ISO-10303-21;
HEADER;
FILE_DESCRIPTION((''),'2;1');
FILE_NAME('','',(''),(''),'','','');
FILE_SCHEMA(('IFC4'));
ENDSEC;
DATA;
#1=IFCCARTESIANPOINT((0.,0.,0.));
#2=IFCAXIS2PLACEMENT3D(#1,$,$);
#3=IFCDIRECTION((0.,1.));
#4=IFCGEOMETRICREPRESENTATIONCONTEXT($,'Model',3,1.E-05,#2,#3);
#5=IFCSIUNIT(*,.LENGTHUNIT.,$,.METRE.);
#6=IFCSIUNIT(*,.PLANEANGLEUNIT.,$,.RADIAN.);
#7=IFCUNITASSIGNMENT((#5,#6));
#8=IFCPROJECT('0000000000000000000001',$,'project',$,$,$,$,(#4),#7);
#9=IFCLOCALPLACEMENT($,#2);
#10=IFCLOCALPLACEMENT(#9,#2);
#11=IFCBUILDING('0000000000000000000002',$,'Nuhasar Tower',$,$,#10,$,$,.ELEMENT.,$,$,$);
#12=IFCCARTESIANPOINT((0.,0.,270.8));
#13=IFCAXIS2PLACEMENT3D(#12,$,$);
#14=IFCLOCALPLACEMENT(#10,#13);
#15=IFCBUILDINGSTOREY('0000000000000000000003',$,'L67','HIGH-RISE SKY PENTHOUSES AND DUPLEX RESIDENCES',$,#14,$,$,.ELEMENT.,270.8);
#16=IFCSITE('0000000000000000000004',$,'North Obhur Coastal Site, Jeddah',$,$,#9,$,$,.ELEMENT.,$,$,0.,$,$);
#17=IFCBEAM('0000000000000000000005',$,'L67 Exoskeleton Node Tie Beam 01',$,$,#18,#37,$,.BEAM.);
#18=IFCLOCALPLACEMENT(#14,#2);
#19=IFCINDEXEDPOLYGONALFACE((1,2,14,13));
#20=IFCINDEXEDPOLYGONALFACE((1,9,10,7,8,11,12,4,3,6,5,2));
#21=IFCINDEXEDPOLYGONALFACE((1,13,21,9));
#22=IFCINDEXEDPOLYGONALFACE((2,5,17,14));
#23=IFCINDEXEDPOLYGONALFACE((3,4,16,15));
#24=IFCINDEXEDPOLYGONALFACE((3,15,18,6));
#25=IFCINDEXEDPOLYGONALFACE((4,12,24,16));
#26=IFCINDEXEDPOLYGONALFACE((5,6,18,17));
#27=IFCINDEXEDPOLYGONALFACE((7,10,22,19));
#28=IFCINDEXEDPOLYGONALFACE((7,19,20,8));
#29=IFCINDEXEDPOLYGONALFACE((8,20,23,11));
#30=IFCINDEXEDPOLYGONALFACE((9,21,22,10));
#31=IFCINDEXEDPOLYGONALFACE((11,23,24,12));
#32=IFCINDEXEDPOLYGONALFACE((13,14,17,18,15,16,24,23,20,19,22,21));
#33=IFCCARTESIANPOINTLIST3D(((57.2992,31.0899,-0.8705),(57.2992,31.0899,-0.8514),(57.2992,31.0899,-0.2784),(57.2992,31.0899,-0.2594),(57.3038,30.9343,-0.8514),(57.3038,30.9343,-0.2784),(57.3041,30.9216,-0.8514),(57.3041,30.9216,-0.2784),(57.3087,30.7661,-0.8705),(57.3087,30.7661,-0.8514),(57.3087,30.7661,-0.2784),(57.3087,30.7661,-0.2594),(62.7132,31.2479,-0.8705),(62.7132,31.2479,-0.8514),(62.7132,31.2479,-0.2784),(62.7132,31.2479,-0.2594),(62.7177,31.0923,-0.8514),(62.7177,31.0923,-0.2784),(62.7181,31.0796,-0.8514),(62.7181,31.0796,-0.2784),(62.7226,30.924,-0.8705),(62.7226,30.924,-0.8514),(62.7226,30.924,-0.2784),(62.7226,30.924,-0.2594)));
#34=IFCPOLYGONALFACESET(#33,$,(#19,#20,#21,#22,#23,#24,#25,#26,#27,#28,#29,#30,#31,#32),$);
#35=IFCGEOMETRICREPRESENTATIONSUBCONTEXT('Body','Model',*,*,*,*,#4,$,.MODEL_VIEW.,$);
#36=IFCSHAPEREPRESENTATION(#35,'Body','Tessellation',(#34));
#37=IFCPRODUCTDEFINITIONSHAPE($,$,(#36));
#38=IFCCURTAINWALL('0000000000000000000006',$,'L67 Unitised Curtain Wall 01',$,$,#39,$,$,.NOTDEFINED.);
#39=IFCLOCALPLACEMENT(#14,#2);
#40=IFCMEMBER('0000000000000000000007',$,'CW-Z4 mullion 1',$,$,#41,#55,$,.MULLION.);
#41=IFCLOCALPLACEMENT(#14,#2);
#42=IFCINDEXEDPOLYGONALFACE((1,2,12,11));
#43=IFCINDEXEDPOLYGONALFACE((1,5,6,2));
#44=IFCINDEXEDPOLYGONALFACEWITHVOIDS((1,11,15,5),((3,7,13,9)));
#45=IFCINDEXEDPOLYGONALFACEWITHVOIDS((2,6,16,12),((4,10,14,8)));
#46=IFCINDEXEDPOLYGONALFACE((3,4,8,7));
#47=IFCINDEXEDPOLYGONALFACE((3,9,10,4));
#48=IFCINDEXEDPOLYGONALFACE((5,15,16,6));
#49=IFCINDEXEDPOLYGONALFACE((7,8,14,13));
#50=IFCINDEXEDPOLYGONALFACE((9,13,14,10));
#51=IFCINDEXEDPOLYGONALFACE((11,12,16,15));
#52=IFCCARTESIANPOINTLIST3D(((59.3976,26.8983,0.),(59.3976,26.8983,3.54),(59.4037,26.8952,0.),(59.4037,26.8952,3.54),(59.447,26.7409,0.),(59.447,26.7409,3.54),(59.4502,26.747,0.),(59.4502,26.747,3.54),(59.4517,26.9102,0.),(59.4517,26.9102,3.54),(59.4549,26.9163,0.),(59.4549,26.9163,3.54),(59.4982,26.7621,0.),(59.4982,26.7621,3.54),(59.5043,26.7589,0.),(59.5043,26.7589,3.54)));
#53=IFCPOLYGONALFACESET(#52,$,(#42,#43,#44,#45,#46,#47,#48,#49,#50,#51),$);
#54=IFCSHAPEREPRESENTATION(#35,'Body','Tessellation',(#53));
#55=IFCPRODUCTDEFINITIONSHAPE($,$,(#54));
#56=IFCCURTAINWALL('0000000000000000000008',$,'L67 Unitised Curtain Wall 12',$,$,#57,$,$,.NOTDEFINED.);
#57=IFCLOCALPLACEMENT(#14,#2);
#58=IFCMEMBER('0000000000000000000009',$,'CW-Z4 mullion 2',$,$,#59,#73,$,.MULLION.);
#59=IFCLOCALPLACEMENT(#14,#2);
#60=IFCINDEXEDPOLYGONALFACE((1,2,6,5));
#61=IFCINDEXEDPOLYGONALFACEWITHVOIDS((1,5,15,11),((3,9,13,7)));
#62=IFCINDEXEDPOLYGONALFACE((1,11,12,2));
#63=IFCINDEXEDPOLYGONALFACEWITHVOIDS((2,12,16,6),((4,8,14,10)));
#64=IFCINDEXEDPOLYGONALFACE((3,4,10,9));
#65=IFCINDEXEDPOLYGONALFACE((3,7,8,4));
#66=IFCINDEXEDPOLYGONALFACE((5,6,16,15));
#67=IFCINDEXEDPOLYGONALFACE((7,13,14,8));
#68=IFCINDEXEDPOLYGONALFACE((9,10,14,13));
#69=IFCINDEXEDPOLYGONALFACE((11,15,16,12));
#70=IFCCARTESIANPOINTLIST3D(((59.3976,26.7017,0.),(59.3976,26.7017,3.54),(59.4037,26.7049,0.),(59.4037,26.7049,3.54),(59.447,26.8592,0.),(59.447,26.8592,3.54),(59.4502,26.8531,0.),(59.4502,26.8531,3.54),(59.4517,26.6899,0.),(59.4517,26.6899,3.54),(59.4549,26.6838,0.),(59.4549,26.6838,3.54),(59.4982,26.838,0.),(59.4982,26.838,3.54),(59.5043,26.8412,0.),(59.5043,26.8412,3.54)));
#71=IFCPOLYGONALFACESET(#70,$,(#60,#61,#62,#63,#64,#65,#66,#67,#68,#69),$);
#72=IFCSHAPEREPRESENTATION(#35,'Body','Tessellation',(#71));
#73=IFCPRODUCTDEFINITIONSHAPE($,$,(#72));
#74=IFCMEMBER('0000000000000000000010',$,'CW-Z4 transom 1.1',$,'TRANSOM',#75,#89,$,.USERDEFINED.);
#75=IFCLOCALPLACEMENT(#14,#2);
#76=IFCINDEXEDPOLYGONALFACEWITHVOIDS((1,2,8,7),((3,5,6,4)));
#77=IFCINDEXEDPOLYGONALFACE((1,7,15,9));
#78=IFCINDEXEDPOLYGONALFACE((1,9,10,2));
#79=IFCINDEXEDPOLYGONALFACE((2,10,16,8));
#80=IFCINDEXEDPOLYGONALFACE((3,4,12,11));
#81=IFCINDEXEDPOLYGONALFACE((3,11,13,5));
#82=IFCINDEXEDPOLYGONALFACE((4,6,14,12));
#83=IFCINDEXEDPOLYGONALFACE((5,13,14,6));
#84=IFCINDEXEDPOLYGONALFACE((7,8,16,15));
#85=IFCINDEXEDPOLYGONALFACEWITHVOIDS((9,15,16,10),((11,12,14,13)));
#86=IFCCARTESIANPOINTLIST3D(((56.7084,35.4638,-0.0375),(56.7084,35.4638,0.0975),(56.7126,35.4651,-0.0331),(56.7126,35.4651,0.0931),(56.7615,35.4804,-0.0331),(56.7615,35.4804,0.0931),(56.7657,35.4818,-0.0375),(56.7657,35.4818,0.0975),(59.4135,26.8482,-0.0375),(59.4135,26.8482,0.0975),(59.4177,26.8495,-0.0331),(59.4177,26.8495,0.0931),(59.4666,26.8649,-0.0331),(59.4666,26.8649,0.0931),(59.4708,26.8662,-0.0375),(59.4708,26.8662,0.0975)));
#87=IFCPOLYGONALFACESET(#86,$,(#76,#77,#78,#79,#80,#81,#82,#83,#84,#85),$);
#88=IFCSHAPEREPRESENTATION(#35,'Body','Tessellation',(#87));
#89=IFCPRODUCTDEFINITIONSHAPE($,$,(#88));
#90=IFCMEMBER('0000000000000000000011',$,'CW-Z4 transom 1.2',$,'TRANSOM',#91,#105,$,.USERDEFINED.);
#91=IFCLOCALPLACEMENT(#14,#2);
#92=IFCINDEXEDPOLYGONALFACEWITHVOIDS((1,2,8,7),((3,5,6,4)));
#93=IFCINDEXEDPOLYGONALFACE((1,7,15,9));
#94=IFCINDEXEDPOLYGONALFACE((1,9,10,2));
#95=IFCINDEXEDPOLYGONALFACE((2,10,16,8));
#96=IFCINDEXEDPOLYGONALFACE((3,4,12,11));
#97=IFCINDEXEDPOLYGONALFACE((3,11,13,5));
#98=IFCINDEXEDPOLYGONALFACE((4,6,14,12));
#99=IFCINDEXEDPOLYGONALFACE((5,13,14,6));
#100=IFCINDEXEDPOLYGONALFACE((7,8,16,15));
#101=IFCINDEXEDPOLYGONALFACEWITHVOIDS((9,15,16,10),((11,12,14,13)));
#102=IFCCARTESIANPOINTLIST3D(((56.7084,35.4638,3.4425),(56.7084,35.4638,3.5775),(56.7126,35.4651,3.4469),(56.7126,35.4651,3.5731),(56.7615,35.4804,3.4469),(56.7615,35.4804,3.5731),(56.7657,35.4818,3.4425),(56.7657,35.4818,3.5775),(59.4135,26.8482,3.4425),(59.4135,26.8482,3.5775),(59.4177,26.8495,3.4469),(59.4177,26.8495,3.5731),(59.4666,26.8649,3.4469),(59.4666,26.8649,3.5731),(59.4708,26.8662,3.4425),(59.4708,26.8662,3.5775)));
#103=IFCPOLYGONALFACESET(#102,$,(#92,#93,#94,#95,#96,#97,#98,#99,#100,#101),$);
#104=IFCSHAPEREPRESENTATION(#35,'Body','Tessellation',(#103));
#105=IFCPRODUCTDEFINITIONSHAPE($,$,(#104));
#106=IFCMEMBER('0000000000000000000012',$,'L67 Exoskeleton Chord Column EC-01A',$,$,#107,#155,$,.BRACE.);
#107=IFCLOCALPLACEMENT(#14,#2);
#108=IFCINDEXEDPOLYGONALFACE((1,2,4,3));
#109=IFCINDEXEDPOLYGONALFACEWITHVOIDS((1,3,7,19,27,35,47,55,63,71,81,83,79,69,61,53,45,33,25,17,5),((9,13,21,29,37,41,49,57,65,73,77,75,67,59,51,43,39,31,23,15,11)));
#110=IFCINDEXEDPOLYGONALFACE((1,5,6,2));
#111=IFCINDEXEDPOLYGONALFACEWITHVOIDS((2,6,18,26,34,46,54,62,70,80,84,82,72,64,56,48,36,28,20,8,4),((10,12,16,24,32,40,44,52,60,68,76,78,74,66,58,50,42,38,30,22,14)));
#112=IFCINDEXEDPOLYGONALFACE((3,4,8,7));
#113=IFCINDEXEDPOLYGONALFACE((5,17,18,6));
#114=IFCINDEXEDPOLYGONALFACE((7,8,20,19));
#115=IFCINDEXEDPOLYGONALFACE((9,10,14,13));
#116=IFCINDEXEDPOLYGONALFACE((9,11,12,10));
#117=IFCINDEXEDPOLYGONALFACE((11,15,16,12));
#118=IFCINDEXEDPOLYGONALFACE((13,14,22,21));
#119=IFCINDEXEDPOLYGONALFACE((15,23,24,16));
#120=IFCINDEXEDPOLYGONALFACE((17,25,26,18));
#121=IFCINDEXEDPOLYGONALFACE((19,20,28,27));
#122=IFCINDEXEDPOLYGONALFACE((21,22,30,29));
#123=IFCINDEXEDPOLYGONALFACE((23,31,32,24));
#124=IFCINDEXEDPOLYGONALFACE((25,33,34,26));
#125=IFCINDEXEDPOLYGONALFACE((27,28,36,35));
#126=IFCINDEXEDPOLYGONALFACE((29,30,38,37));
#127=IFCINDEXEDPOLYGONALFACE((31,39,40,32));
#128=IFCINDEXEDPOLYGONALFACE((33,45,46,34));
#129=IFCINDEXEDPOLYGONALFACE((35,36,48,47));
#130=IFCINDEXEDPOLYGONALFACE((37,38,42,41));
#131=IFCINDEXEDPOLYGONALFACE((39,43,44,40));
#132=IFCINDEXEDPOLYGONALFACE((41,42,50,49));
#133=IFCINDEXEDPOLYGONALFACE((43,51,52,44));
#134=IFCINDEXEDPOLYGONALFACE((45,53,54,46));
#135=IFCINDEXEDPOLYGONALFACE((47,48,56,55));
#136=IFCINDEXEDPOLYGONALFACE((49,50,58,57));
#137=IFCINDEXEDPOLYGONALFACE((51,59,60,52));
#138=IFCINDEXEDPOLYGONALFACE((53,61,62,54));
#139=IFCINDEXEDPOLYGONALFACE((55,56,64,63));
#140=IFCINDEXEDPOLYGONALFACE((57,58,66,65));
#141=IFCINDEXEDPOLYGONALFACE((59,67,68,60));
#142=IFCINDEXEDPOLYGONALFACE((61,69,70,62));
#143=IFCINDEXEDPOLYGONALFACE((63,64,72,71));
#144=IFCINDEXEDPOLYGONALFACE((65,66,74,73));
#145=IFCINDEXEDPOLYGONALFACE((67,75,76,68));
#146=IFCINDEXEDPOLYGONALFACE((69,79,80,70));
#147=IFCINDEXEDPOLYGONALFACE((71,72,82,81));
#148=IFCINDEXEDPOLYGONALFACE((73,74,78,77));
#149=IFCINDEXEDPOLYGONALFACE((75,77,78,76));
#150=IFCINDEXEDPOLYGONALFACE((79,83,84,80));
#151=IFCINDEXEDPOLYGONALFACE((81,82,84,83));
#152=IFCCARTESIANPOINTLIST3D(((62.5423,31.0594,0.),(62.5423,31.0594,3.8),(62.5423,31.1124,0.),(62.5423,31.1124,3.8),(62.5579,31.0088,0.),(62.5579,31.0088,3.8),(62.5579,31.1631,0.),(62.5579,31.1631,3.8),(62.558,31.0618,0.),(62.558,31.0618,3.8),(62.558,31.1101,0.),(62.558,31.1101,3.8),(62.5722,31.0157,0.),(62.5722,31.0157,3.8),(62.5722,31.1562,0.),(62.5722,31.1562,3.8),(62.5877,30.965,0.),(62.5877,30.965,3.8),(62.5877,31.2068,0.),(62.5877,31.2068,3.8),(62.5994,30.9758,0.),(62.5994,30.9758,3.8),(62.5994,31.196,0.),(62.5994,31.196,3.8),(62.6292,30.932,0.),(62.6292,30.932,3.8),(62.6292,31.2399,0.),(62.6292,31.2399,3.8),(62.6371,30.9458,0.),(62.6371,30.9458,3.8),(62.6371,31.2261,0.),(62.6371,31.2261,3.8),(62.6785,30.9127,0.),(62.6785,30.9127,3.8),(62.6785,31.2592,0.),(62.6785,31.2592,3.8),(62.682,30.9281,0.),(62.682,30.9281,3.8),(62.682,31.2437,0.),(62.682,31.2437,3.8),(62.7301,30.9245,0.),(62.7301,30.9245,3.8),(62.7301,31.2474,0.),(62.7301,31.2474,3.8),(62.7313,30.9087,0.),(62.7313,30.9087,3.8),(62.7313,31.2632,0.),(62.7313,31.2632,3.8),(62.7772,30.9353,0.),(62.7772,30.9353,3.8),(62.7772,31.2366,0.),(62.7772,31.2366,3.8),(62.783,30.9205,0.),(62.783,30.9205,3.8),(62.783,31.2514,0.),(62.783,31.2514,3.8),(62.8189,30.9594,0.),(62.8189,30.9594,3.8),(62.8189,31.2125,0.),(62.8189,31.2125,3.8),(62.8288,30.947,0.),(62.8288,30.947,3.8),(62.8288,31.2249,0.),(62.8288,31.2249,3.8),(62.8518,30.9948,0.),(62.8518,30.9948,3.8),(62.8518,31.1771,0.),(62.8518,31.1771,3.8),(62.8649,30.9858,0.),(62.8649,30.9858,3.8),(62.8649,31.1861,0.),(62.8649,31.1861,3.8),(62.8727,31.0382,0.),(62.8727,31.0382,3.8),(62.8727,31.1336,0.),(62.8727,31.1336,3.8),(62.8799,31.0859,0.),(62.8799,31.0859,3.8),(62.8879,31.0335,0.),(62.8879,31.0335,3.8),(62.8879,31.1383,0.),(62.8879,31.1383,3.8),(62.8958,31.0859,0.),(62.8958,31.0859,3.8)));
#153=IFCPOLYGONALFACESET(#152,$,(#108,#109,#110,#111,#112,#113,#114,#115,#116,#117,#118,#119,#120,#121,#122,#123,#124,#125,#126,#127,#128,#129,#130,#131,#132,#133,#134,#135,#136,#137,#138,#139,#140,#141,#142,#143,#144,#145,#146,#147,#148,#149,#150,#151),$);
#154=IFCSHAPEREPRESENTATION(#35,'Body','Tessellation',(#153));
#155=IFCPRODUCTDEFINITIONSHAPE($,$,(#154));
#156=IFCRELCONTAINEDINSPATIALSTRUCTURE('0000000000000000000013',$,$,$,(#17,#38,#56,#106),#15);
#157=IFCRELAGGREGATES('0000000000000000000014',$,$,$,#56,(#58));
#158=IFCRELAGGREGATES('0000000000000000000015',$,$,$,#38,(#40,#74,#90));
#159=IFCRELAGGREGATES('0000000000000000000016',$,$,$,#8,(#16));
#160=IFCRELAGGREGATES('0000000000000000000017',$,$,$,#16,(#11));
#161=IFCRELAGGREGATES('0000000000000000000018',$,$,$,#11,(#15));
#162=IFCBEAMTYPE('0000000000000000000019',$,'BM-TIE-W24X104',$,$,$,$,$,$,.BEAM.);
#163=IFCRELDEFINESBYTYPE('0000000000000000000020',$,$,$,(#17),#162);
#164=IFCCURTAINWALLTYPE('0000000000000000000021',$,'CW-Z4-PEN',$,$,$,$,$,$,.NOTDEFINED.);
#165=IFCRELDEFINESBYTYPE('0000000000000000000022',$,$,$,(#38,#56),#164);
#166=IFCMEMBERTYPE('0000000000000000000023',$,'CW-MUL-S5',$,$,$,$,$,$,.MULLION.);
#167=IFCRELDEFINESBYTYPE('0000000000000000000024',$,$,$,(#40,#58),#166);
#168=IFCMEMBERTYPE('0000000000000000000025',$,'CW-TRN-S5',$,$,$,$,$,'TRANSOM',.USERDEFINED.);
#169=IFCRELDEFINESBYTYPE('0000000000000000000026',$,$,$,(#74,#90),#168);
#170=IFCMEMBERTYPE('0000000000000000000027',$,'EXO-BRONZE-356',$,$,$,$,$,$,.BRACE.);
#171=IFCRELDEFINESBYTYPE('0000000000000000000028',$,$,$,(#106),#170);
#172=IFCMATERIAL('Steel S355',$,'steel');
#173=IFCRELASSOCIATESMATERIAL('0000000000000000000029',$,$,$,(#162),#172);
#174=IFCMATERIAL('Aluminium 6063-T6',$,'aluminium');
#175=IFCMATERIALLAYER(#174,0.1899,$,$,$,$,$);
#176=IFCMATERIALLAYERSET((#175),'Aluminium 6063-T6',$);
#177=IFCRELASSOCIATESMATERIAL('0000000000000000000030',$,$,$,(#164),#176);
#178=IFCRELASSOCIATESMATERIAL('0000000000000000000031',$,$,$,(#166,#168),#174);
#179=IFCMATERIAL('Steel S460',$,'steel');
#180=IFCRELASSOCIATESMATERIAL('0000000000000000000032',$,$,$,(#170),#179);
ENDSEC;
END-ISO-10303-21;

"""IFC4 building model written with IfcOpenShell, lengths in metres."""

from ifc_helpers import new_model, si_unit, direction, frame, origin, origin_2d, place, context, subcontext, project, spatial, hollow_rectangle, hollow_circle, i_section, extrude, material, layer, layer_set, material_profile, profile_set, type_object, element, aggregate, save


model = new_model("IFC4")

# Units and contexts
model_context = context("Model", 3, precision=1e-05, world=origin(), true_north=direction((0.0, 1.0)))
body_context = subcontext(model_context, "Body", "Model", "MODEL_VIEW")
ifc_project = project(units=[si_unit("LENGTHUNIT", "METRE"), si_unit("PLANEANGLEUNIT", "RADIAN")], contexts=[model_context])

# Site, building, storey
site_placement = place(None, origin())
site = spatial("IfcSite", under=ifc_project, at=site_placement, Name="North Obhur Coastal Site, Jeddah", CompositionType="ELEMENT", RefElevation=0.0)
building_placement = place(site_placement, origin())
building = spatial("IfcBuilding", under=site, at=building_placement, Name="Nuhasar Tower", CompositionType="ELEMENT")
storey_placement = place(building_placement, frame((0.0, 0.0, 270.8)))
storey = spatial("IfcBuildingStorey", under=building, at=storey_placement, Name="L67", Description="HIGH-RISE SKY PENTHOUSES AND DUPLEX RESIDENCES", CompositionType="ELEMENT", Elevation=270.8)

# Beam
ifc_material_1 = material(Name="Steel S355", Category="steel")
ifc_material_profile_1 = material_profile(ifc_material_1, i_section(OverallWidth=0.324, OverallDepth=0.6111, WebThickness=0.0127, FlangeThickness=0.019, at=origin_2d()), Name="W24X104")
ifc_profile_set_1 = profile_set([ifc_material_profile_1], Name="Steel S355")
beam_type_1 = type_object("IfcBeamType", Name="BM-TIE-W24X104", PredefinedType="BEAM", material=ifc_profile_set_1)
beam_1_placement = place(storey_placement, frame((57.304, 30.928, -0.5649), z_axis=(0.999575, 0.029163, 0.0), x_axis=(-0.029163, 0.999575, 0.0)))
element("IfcBeam", 1, at=beam_1_placement, inside=storey, type_object=beam_type_1, Name="L67 Exoskeleton Node Tie Beam 01", PredefinedType="BEAM", context=body_context, shape_type="SweptSolid", body=[
    extrude(i_section(OverallWidth=0.324, OverallDepth=0.6111, WebThickness=0.0127, FlangeThickness=0.019, at=origin_2d()), origin(), (0.0, 0.0, 1.0), 5.4163),
])

# Curtain walls, members
ifc_material_2 = material(Name="Aluminium 6063-T6", Category="aluminium")
ifc_layer_1 = layer(ifc_material_2, 0.1899)
ifc_layer_set_1 = layer_set([ifc_layer_1], Name="Aluminium 6063-T6")
curtain_wall_type = type_object("IfcCurtainWallType", Name="CW-Z4-PEN", PredefinedType="NOTDEFINED", material=ifc_layer_set_1)
curtain_wall_1_placement = place(storey_placement, origin())
curtain_wall_1 = element("IfcCurtainWall", 2, at=curtain_wall_1_placement, inside=storey, type_object=curtain_wall_type, Name="L67 Unitised Curtain Wall 01", PredefinedType="NOTDEFINED")
ifc_material_profile_2 = material_profile(ifc_material_2, hollow_rectangle(XDim=0.0601, YDim=0.165, WallThickness=0.0049, at=origin_2d()), Name="CWM-5")
ifc_profile_set_2 = profile_set([ifc_material_profile_2], Name="Aluminium 6063-T6")
member_type_1 = type_object("IfcMemberType", Name="CW-MUL-S5", PredefinedType="MULLION", material=ifc_profile_set_2)
member_1_placement = place(storey_placement, frame((59.4509, 26.8286, 0.0), z_axis=(0.0, 0.0, 1.0), x_axis=(-0.954079, -0.299557, 0.0)))
member_1 = element("IfcMember", 3, at=member_1_placement, type_object=member_type_1, Name="CW-Z4 mullion 1", PredefinedType="MULLION", context=body_context, shape_type="SweptSolid", body=[
    extrude(hollow_rectangle(XDim=0.0601, YDim=0.165, WallThickness=0.0049, at=origin_2d()), origin(), (0.0, 0.0, 1.0), 3.54),
])
curtain_wall_2_placement = place(storey_placement, origin())
curtain_wall_2 = element("IfcCurtainWall", 4, at=curtain_wall_2_placement, inside=storey, type_object=curtain_wall_type, Name="L67 Unitised Curtain Wall 12", PredefinedType="NOTDEFINED")
member_2_placement = place(storey_placement, frame((59.4509, 26.7715, 0.0), z_axis=(0.0, 0.0, 1.0), x_axis=(-0.954079, 0.299557, 0.0)))
member_2 = element("IfcMember", 5, at=member_2_placement, type_object=member_type_1, Name="CW-Z4 mullion 2", PredefinedType="MULLION", context=body_context, shape_type="SweptSolid", body=[
    extrude(hollow_rectangle(XDim=0.0601, YDim=0.165, WallThickness=0.0049, at=origin_2d()), origin(), (0.0, 0.0, 1.0), 3.54),
])
aggregate(curtain_wall_2, [member_2])

# Members
ifc_material_profile_3 = material_profile(ifc_material_2, hollow_rectangle(XDim=0.0601, YDim=0.135, WallThickness=0.0044, at=origin_2d()), Name="CWT-5")
ifc_profile_set_3 = profile_set([ifc_material_profile_3], Name="Aluminium 6063-T6")
member_type_2 = type_object("IfcMemberType", Name="CW-TRN-S5", ElementType="TRANSOM", PredefinedType="USERDEFINED", material=ifc_profile_set_3)
member_3_placement = place(storey_placement, frame((59.4421, 26.8572, 0.03), z_axis=(-0.29956, 0.954077, 0.0), x_axis=(-0.954077, -0.29956, 0.0)))
member_3 = element("IfcMember", 6, at=member_3_placement, type_object=member_type_2, Name="CW-Z4 transom 1.1", ObjectType="TRANSOM", PredefinedType="USERDEFINED", context=body_context, shape_type="SweptSolid", body=[
    extrude(hollow_rectangle(XDim=0.0601, YDim=0.135, WallThickness=0.0044, at=origin_2d()), origin(), (0.0, 0.0, 1.0), 9.0303),
])
member_4_placement = place(storey_placement, frame((59.4421, 26.8572, 3.51), z_axis=(-0.29956, 0.954077, 0.0), x_axis=(-0.954077, -0.29956, 0.0)))
member_4 = element("IfcMember", 7, at=member_4_placement, type_object=member_type_2, Name="CW-Z4 transom 1.2", ObjectType="TRANSOM", PredefinedType="USERDEFINED", context=body_context, shape_type="SweptSolid", body=[
    extrude(hollow_rectangle(XDim=0.0601, YDim=0.135, WallThickness=0.0044, at=origin_2d()), origin(), (0.0, 0.0, 1.0), 9.0303),
])

# Member
ifc_material_3 = material(Name="Steel S460", Category="steel")
ifc_material_profile_4 = material_profile(ifc_material_3, hollow_circle(Radius=0.1777, WallThickness=0.0159, at=origin_2d()), Name="HSS355.6X15.9")
ifc_profile_set_4 = profile_set([ifc_material_profile_4], Name="Steel S460")
member_type_3 = type_object("IfcMemberType", Name="EXO-BRONZE-356", PredefinedType="BRACE", material=ifc_profile_set_4)
member_5_placement = place(storey_placement, frame((62.718, 31.0859, 0.0), z_axis=(0.0, 0.0, 1.0), x_axis=(1.0, 0.0, 0.0)))
element("IfcMember", 8, at=member_5_placement, inside=storey, type_object=member_type_3, Name="L67 Exoskeleton Chord Column EC-01A", PredefinedType="BRACE", context=body_context, shape_type="SweptSolid", body=[
    extrude(hollow_circle(Radius=0.1777, WallThickness=0.0159, at=origin_2d()), origin(), (0.0, 0.0, 1.0), 3.8),
])

aggregate(curtain_wall_1, [member_1, member_3, member_4])

save(model, "model.ifc")
